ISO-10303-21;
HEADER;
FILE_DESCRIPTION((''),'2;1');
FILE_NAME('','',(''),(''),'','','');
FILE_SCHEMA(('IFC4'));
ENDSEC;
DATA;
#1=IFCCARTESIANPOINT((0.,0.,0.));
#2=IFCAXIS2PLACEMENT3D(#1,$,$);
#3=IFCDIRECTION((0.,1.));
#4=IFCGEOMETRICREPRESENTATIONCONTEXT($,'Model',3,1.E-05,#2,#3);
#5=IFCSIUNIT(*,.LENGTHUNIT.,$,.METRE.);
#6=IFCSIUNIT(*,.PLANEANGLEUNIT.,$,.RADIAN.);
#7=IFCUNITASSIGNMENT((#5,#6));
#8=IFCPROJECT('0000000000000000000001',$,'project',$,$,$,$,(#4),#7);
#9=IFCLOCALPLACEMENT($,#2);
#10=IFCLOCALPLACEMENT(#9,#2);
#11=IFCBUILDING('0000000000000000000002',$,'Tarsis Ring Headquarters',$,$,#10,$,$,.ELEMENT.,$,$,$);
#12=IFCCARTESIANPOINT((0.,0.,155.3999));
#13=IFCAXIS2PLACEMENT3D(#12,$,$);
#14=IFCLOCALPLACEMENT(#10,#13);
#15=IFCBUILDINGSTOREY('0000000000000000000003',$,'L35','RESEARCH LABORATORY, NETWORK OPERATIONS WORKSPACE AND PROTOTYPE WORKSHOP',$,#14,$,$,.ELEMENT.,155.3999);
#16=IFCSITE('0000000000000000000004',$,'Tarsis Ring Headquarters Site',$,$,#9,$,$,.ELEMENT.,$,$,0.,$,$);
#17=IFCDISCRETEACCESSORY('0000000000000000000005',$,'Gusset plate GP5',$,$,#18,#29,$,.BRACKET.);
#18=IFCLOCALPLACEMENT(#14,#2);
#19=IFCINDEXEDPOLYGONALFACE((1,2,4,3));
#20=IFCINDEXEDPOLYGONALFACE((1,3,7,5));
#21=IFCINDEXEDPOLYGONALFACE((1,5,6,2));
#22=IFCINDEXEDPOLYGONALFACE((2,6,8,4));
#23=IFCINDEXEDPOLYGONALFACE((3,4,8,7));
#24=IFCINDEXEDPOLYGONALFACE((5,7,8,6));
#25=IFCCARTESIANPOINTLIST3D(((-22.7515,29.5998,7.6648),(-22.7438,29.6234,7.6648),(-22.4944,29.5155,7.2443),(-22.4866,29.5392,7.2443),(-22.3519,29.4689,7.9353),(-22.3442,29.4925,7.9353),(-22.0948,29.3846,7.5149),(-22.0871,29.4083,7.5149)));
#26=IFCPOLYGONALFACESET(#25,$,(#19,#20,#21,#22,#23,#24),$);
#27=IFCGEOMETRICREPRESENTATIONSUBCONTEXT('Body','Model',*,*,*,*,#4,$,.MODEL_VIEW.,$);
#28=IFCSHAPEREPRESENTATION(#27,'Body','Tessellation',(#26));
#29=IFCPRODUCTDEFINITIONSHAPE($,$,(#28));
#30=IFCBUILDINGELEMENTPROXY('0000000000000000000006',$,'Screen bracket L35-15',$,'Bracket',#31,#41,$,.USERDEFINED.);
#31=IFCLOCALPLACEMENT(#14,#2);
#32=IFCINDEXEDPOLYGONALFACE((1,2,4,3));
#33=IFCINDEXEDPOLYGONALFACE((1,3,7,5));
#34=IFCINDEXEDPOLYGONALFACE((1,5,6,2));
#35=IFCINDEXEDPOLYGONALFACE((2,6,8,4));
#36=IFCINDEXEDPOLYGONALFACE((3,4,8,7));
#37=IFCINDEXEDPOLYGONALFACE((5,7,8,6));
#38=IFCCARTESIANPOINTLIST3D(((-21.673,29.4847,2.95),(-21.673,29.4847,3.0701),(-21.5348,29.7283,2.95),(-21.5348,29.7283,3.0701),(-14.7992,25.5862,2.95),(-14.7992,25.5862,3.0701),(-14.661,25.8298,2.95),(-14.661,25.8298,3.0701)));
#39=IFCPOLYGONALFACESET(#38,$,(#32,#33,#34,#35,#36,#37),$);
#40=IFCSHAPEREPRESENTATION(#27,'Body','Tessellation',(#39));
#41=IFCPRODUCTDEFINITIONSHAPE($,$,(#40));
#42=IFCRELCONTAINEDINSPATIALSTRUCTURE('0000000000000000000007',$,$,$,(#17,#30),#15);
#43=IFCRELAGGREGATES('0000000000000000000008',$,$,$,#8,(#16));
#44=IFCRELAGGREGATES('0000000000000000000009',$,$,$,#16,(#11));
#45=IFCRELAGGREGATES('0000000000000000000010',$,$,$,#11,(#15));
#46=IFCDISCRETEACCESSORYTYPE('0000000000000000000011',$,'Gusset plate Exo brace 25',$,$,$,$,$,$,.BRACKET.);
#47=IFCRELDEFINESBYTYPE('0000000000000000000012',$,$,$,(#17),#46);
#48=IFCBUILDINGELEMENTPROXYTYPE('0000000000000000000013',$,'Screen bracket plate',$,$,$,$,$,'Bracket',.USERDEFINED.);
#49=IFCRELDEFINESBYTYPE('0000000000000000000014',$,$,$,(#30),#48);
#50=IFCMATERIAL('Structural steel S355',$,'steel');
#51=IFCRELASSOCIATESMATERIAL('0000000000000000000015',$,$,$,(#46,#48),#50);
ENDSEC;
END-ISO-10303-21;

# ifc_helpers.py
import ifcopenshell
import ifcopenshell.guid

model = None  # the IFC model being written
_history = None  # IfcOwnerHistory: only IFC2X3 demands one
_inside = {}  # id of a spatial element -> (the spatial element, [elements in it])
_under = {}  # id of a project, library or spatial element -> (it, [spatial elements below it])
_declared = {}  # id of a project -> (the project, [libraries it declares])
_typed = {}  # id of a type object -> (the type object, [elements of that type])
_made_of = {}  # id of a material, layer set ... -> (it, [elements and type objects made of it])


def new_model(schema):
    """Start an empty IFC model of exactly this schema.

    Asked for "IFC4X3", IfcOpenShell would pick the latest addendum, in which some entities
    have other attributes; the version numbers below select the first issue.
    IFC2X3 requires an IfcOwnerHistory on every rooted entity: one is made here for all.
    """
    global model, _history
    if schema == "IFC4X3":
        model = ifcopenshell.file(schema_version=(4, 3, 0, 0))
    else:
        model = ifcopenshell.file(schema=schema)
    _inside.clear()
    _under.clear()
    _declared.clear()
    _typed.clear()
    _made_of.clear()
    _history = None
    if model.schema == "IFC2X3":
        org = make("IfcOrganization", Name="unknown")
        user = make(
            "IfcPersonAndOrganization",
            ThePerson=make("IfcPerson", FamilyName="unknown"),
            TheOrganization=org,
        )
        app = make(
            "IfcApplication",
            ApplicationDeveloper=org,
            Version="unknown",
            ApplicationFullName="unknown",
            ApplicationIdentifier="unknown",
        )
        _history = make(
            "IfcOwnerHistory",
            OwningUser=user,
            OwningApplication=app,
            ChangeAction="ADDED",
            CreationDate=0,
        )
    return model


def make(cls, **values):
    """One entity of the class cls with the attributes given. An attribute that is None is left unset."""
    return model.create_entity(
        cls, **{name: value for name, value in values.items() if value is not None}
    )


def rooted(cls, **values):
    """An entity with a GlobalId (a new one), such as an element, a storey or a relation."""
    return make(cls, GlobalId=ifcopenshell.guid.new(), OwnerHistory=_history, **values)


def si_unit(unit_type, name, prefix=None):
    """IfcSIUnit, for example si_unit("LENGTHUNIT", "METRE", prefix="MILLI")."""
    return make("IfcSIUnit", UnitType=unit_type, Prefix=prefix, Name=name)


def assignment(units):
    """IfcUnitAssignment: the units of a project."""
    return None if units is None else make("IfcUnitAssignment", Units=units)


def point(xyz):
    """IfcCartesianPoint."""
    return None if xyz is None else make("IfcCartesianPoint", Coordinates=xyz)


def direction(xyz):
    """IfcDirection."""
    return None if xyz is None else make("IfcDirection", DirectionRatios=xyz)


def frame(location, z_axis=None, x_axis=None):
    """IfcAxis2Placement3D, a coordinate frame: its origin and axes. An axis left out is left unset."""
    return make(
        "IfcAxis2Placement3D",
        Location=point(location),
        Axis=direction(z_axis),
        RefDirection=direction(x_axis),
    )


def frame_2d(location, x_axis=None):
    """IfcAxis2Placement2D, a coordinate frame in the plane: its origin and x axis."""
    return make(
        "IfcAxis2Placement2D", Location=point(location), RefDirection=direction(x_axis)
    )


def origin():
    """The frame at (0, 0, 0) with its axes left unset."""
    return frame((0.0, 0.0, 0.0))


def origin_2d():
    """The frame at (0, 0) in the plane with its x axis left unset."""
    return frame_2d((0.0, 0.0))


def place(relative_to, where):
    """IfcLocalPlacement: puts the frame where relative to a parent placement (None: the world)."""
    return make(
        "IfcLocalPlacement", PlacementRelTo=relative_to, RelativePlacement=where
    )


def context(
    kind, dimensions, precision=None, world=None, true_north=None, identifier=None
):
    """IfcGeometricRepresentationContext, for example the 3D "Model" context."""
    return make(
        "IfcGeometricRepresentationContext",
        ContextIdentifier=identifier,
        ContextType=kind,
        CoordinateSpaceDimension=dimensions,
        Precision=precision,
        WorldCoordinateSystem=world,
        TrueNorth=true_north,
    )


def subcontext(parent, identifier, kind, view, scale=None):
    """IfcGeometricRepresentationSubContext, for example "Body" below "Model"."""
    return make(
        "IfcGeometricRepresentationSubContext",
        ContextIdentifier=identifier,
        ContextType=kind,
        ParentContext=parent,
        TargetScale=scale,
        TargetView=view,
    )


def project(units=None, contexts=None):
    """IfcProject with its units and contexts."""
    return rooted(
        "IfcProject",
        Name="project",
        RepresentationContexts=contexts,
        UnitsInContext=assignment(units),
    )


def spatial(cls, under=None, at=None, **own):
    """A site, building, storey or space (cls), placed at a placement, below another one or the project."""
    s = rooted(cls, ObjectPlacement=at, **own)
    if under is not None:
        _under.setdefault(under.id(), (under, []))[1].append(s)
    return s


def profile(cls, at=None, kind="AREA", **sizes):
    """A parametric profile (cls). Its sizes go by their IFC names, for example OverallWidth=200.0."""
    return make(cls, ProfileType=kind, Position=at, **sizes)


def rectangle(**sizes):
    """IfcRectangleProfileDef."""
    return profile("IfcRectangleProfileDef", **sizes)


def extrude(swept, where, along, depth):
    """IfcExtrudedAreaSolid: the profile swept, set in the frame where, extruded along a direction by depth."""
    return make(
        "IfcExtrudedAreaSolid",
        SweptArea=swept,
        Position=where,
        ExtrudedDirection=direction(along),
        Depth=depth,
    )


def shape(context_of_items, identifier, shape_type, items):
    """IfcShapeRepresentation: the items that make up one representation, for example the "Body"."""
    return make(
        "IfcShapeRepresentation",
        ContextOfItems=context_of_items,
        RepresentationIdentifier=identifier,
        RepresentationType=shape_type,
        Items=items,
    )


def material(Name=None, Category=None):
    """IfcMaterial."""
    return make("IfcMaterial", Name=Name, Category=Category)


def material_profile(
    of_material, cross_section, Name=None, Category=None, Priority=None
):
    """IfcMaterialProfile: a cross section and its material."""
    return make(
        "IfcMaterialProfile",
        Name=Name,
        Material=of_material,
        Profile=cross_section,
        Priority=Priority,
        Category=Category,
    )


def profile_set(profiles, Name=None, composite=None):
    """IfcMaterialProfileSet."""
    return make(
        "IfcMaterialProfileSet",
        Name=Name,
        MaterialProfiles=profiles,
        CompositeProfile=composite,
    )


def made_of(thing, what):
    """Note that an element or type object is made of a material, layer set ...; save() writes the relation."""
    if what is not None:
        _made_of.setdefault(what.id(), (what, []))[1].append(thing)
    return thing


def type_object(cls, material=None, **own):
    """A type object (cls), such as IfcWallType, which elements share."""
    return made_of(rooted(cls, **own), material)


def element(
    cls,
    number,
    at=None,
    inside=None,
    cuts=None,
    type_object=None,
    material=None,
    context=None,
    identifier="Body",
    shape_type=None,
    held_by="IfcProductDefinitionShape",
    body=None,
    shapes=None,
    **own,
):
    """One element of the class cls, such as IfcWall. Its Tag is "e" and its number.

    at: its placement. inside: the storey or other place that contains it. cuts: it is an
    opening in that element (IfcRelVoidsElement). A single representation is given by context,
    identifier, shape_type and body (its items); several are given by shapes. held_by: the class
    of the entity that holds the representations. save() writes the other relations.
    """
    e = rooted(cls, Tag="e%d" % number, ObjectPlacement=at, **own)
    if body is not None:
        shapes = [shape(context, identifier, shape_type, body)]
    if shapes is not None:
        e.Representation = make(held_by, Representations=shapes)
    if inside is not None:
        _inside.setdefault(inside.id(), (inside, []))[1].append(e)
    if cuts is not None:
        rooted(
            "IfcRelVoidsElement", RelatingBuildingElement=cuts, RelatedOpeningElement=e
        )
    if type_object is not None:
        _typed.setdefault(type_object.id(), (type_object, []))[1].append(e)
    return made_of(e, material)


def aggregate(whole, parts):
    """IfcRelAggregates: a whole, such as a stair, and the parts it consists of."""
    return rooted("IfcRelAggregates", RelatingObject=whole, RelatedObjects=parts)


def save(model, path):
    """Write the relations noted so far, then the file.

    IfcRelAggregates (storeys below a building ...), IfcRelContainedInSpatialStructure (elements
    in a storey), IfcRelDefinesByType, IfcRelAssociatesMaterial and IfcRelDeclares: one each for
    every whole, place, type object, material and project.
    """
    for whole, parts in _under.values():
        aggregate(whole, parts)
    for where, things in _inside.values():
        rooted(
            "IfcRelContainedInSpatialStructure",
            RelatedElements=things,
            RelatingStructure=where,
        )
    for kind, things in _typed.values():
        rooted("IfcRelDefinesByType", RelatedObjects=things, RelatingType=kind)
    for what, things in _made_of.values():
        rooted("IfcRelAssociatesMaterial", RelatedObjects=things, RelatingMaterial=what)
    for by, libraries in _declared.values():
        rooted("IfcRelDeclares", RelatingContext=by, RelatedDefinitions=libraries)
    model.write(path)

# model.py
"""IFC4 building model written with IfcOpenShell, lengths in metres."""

from ifc_helpers import new_model, si_unit, direction, frame, origin, origin_2d, place, context, subcontext, project, spatial, rectangle, extrude, material, material_profile, profile_set, type_object, element, save


model = new_model("IFC4")

# Units and contexts
model_context = context("Model", 3, precision=1e-05, world=origin(), true_north=direction((0.0, 1.0)))
body_context = subcontext(model_context, "Body", "Model", "MODEL_VIEW")
ifc_project = project(units=[si_unit("LENGTHUNIT", "METRE"), si_unit("PLANEANGLEUNIT", "RADIAN")], contexts=[model_context])

# Site, building, storey
site_placement = place(None, origin())
site = spatial("IfcSite", under=ifc_project, at=site_placement, Name="Tarsis Ring Headquarters Site", CompositionType="ELEMENT", RefElevation=0.0)
building_placement = place(site_placement, origin())
building = spatial("IfcBuilding", under=site, at=building_placement, Name="Tarsis Ring Headquarters", CompositionType="ELEMENT")
storey_placement = place(building_placement, frame((0.0, 0.0, 155.3999)))
storey = spatial("IfcBuildingStorey", under=building, at=storey_placement, Name="L35", Description="RESEARCH LABORATORY, NETWORK OPERATIONS WORKSPACE AND PROTOTYPE WORKSHOP", CompositionType="ELEMENT", Elevation=155.3999)

# Shared definitions
ifc_material_1 = material(Name="Structural steel S355", Category="steel")

# Discrete accessory
ifc_material_profile_1 = material_profile(ifc_material_1, rectangle(XDim=0.0249, YDim=0.5, at=origin_2d()), Name="PL 25x500")
ifc_profile_set_1 = profile_set([ifc_material_profile_1], Name="Structural steel S355")
discrete_accessory_type = type_object("IfcDiscreteAccessoryType", Name="Gusset plate Exo brace 25", PredefinedType="BRACKET", material=ifc_profile_set_1)
discrete_accessory_placement = place(storey_placement, frame((-22.5479, 29.5461, 7.8), z_axis=(0.514233, -0.168481, -0.840939), x_axis=(0.31135, 0.950295, 0.0)))
element("IfcDiscreteAccessory", 1, at=discrete_accessory_placement, inside=storey, type_object=discrete_accessory_type, Name="Gusset plate GP5", PredefinedType="BRACKET", context=body_context, shape_type="SweptSolid", body=[
    extrude(rectangle(XDim=0.0249, YDim=0.5, at=origin_2d()), origin(), (0.0, 0.0, 1.0), 0.5),
])

# Building element proxy
building_element_proxy_type = type_object("IfcBuildingElementProxyType", Name="Screen bracket plate", ElementType="Bracket", PredefinedType="USERDEFINED", material=ifc_material_1)
proxy_placement = place(storey_placement, frame((-18.167, 27.6572, 2.95), z_axis=(0.0, 0.0, 1.0), x_axis=(-0.86984, 0.493335, 0.0)))
element("IfcBuildingElementProxy", 2, at=proxy_placement, inside=storey, type_object=building_element_proxy_type, Name="Screen bracket L35-15", ObjectType="Bracket", PredefinedType="USERDEFINED", context=body_context, shape_type="SweptSolid", body=[
    extrude(rectangle(XDim=7.9023, YDim=0.28, at=origin_2d()), origin(), (0.0, 0.0, 1.0), 0.1201),
])

save(model, "model.ifc")
